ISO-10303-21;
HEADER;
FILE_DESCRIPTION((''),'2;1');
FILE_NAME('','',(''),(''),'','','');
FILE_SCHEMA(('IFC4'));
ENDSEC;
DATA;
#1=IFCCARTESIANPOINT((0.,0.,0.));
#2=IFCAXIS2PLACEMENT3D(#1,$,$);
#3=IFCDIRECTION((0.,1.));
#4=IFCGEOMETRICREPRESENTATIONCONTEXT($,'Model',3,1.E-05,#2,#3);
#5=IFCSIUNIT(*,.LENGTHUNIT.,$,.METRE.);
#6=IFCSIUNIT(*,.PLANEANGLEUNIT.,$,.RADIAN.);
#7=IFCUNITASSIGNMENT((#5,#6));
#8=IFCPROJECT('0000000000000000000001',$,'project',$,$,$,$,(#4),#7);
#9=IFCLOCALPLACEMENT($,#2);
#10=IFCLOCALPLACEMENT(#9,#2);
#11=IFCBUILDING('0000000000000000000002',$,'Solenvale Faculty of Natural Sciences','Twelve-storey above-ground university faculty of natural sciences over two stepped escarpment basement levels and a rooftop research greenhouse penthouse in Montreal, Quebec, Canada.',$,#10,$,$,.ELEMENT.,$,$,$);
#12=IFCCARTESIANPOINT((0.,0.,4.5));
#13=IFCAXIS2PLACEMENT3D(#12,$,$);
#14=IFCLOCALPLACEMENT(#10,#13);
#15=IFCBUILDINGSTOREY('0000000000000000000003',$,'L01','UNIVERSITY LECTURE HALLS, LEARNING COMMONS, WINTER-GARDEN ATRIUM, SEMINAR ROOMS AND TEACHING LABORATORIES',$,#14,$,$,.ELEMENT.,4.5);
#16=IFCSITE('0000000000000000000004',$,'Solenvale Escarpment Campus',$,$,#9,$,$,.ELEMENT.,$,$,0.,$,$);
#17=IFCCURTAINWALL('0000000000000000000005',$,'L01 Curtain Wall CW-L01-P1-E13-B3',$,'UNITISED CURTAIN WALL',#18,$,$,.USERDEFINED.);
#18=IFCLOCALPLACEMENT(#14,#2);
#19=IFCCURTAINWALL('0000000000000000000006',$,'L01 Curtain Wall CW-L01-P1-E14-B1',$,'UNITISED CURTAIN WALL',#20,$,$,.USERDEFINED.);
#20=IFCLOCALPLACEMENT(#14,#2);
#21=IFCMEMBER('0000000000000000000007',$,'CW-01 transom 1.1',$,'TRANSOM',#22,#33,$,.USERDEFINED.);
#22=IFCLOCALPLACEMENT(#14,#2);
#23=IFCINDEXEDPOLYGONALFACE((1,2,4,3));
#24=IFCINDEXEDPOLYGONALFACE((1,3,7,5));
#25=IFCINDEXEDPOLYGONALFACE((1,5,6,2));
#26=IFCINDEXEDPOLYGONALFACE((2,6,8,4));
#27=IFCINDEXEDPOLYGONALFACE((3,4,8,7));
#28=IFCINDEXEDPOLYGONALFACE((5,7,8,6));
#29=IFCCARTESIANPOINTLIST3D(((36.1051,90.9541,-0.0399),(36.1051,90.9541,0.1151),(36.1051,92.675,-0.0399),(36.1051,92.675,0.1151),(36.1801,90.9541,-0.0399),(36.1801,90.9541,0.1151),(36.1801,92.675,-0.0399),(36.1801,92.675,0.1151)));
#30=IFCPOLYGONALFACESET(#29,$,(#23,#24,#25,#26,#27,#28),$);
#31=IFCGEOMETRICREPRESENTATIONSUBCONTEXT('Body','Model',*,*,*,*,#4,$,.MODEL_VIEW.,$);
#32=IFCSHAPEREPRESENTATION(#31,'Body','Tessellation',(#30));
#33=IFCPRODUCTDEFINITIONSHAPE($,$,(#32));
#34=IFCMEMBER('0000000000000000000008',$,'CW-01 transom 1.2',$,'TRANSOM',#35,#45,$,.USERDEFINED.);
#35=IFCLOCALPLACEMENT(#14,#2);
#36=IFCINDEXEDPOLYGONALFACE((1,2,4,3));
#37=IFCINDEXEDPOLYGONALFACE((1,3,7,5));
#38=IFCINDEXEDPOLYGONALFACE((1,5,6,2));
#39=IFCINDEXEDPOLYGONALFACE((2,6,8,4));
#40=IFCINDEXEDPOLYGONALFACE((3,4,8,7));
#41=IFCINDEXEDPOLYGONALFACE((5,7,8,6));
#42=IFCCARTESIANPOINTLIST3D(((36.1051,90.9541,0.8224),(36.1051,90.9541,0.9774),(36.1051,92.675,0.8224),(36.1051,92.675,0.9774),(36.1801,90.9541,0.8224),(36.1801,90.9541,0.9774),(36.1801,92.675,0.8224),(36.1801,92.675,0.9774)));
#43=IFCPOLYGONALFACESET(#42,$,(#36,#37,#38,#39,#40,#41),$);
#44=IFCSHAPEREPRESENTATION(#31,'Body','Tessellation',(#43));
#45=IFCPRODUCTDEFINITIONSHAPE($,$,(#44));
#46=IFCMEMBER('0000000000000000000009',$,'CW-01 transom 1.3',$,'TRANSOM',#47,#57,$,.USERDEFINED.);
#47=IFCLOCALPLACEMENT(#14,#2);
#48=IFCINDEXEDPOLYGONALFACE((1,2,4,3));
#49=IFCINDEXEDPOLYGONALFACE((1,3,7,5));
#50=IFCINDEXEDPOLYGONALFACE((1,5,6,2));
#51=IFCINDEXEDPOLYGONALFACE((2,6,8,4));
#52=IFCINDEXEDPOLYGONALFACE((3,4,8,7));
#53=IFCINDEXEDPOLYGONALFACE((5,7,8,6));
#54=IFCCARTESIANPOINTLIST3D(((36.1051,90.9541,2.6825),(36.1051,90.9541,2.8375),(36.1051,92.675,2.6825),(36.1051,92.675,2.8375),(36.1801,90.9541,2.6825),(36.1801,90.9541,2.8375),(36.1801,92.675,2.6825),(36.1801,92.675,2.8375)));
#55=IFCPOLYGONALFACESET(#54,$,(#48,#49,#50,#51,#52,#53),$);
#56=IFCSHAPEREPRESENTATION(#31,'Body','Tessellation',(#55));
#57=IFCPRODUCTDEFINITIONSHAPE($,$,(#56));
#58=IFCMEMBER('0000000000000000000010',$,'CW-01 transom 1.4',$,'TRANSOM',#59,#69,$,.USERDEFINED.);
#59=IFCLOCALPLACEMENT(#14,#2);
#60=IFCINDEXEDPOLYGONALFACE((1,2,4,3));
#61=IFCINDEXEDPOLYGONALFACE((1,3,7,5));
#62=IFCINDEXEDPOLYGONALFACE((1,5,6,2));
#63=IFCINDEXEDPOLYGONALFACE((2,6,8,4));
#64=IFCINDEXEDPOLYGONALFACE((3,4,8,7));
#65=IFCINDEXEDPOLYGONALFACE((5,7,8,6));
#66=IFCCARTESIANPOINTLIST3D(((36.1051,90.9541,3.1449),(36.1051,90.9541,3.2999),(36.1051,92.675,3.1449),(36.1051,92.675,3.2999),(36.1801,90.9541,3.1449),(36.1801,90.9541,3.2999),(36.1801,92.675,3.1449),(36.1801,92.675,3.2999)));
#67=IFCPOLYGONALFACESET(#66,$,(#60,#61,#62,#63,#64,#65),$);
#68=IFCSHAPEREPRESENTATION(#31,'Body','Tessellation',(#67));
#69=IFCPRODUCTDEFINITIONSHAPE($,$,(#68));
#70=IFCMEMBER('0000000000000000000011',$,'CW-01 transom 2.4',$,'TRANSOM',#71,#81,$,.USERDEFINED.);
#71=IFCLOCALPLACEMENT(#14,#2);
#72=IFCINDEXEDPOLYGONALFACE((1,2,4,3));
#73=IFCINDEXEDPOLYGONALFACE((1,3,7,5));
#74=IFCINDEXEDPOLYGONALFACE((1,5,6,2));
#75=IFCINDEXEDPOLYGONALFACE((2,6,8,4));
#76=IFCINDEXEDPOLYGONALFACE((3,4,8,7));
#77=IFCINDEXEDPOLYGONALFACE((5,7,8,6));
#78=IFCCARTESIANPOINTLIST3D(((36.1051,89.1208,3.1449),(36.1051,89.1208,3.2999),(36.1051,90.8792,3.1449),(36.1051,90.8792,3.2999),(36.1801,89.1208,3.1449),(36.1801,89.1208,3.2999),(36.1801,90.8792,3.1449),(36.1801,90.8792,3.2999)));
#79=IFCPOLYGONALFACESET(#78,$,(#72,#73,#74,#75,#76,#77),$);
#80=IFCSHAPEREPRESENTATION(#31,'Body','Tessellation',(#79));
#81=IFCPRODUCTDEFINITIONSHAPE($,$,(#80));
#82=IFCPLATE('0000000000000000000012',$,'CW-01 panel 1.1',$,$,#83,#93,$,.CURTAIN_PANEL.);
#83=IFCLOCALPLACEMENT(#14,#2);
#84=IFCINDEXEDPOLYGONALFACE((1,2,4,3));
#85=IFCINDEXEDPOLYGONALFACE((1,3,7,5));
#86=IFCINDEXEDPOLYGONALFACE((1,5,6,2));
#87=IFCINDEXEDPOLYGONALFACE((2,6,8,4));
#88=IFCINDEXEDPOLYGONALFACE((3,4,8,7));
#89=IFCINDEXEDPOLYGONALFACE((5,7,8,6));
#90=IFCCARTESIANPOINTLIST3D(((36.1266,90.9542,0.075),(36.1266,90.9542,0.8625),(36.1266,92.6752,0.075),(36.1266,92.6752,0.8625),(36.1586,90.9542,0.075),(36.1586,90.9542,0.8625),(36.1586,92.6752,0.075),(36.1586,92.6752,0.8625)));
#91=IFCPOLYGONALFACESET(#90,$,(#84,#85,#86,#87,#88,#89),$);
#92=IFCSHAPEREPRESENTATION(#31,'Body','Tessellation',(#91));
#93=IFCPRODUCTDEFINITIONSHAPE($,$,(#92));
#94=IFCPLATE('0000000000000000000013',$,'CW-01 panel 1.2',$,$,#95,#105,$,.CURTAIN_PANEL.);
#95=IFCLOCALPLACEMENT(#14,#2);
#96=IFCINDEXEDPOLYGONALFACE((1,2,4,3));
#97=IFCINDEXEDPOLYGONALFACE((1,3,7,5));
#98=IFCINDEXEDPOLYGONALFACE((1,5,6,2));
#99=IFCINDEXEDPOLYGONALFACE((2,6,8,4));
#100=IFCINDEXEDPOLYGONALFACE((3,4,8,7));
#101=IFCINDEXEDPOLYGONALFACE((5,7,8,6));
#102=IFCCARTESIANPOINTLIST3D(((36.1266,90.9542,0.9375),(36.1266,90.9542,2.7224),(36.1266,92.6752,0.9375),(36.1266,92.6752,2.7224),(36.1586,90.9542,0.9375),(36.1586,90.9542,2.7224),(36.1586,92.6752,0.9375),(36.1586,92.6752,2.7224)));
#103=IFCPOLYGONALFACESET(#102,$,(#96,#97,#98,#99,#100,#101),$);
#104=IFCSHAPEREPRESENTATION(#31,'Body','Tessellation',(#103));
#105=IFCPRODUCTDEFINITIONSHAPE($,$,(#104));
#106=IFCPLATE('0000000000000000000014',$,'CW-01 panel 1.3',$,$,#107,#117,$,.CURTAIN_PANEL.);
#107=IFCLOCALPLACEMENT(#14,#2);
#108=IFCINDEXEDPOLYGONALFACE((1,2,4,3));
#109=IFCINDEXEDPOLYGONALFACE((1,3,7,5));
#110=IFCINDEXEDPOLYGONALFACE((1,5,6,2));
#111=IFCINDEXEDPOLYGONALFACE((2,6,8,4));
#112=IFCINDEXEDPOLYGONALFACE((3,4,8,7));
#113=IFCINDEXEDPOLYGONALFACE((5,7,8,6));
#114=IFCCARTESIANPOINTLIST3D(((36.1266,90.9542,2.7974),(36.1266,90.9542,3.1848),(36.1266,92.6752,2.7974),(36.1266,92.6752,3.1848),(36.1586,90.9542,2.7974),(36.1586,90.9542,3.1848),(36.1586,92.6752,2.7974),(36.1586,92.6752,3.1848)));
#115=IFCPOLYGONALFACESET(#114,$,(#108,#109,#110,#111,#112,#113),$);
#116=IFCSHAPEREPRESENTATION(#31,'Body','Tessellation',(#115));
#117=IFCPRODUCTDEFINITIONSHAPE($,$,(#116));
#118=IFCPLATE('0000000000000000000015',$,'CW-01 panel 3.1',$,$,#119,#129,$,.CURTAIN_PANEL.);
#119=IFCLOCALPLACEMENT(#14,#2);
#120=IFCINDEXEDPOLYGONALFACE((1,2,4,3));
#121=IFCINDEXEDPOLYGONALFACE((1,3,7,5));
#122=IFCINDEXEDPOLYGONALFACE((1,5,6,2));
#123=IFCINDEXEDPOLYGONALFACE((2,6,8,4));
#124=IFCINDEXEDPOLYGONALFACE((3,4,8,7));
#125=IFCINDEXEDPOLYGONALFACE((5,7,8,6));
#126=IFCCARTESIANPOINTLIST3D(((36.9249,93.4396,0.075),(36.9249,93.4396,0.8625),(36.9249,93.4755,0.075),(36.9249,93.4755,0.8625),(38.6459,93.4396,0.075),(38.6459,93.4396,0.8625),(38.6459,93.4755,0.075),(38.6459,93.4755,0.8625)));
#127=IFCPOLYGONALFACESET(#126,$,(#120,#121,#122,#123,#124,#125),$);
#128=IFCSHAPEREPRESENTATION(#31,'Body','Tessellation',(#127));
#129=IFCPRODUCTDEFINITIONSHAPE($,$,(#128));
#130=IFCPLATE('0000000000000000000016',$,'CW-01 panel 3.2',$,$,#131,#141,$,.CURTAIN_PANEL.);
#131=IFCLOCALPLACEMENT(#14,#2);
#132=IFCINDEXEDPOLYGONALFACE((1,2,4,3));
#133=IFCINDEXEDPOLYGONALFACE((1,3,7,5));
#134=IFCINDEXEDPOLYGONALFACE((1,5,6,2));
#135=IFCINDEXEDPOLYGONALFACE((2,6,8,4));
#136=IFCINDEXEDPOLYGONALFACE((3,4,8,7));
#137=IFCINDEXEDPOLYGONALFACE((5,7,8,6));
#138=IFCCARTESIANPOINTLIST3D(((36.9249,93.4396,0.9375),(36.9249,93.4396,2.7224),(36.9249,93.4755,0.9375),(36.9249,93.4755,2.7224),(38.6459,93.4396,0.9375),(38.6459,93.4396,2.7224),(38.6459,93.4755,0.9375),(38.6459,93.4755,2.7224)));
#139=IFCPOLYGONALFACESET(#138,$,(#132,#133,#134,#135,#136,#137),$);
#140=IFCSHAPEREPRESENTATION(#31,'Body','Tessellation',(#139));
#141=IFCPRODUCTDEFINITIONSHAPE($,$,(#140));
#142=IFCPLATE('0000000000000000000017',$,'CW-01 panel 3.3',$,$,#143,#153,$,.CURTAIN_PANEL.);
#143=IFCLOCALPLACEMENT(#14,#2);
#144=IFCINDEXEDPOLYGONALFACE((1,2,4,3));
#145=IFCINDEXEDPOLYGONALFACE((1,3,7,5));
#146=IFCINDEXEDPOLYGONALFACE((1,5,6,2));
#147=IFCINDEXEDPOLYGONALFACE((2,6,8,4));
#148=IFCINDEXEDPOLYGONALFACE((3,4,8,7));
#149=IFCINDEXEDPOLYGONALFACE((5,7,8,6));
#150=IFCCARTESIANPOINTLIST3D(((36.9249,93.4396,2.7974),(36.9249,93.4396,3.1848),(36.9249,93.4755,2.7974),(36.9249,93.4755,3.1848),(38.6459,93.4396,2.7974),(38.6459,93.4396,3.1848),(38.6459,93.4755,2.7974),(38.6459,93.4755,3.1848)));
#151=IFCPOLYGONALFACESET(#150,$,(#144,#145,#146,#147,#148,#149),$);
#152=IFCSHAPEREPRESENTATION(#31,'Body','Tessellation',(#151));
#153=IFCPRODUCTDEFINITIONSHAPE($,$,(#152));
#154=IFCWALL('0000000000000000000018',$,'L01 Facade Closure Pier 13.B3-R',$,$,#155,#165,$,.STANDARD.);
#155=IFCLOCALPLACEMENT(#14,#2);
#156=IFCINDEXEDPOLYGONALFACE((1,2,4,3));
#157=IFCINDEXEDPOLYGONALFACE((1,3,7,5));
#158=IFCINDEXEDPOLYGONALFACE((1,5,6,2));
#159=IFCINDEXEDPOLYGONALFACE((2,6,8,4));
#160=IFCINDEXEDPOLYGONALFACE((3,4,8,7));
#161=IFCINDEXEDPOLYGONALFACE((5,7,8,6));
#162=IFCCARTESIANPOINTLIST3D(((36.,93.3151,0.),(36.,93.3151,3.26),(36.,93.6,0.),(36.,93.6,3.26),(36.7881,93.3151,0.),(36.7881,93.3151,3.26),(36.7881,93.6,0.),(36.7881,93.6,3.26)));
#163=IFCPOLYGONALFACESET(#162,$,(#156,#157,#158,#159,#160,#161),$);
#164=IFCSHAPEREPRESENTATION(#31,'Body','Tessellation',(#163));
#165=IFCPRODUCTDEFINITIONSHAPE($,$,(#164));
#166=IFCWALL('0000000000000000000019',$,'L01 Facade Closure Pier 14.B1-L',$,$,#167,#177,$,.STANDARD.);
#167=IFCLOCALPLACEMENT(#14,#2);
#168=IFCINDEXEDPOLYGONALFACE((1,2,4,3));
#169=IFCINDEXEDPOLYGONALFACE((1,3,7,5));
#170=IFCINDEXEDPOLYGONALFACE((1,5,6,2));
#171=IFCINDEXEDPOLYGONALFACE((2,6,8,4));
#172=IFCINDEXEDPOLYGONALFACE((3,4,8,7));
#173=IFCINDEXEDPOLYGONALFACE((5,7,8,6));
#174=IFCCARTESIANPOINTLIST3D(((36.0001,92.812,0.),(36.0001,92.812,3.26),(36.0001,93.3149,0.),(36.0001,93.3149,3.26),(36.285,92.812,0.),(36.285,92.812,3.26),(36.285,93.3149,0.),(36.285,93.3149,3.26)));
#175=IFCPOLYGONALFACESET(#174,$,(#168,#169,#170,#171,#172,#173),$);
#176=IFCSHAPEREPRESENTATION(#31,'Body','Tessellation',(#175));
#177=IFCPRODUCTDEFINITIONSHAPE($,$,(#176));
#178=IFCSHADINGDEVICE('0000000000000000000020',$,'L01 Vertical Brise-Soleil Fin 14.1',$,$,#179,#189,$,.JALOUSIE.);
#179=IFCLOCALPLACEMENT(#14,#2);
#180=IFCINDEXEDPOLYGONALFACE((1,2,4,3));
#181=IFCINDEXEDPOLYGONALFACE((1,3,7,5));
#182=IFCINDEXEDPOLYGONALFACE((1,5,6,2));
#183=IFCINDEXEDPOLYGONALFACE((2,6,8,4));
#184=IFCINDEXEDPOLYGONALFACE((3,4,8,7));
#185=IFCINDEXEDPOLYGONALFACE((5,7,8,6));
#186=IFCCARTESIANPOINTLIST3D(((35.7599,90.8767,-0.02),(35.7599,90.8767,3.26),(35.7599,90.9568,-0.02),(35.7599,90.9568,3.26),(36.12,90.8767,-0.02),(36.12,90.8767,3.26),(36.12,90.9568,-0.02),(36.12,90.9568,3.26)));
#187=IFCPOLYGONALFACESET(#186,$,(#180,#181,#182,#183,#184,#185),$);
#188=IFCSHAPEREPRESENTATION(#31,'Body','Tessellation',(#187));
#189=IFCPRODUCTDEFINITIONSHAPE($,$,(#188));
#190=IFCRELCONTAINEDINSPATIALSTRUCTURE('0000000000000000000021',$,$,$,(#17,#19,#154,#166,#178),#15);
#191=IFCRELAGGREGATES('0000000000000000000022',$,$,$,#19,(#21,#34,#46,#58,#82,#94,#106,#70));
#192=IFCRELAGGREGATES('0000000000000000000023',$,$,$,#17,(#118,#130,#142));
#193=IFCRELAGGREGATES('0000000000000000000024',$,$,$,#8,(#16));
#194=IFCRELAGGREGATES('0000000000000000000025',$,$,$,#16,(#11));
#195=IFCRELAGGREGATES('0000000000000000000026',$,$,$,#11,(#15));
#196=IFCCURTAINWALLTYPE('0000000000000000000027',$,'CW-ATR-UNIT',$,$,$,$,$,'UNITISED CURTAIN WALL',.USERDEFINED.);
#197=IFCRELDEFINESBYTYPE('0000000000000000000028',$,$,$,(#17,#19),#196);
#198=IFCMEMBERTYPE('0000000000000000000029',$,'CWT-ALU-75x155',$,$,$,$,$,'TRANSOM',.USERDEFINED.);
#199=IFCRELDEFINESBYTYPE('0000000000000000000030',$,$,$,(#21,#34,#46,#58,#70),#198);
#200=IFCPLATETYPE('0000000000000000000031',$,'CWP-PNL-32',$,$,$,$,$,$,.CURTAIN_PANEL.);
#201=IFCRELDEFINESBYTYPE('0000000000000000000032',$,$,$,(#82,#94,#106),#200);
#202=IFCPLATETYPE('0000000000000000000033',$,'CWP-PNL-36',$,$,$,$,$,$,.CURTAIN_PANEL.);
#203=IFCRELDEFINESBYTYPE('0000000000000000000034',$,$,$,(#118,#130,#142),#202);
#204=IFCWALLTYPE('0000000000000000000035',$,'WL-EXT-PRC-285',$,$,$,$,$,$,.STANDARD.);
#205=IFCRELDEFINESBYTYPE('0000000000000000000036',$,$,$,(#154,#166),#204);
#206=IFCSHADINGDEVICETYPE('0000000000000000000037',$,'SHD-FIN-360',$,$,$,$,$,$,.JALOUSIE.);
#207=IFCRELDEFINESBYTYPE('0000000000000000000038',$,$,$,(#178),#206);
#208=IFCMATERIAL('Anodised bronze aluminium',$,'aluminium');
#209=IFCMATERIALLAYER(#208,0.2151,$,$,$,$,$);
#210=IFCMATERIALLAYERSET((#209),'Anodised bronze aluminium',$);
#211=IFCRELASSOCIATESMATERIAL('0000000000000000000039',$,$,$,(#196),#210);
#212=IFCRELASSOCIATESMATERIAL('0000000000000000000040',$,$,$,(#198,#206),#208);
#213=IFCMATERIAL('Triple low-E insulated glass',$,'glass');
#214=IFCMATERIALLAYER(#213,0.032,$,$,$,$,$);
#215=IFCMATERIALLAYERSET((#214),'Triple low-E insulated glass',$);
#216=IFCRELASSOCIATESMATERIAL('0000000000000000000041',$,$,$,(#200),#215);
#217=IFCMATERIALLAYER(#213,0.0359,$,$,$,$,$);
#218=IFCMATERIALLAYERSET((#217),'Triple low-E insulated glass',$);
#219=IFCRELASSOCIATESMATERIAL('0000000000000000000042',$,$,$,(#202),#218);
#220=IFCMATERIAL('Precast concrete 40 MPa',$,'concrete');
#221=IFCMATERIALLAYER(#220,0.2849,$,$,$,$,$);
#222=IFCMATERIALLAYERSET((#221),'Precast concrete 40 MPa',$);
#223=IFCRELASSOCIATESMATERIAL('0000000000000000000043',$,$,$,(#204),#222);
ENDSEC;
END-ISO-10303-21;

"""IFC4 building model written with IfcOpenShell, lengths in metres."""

from ifc_helpers import new_model, si_unit, direction, frame, frame_2d, origin, origin_2d, place, context, subcontext, project, spatial, rectangle, extrude, material, layer, layer_set, material_profile, profile_set, type_object, element, aggregate, save


model = new_model("IFC4")

# Units and contexts
model_context = context("Model", 3, precision=1e-05, world=origin(), true_north=direction((0.0, 1.0)))
body_context = subcontext(model_context, "Body", "Model", "MODEL_VIEW")
ifc_project = project(units=[si_unit("LENGTHUNIT", "METRE"), si_unit("PLANEANGLEUNIT", "RADIAN")], contexts=[model_context])

# Site, building, storey
site_placement = place(None, origin())
site = spatial("IfcSite", under=ifc_project, at=site_placement, Name="Solenvale Escarpment Campus", CompositionType="ELEMENT", RefElevation=0.0)
building_placement = place(site_placement, origin())
building = spatial("IfcBuilding", under=site, at=building_placement, Name="Solenvale Faculty of Natural Sciences", Description="Twelve-storey above-ground university faculty of natural sciences over two stepped escarpment basement levels and a rooftop research greenhouse penthouse in Montreal, Quebec, Canada.", CompositionType="ELEMENT")
storey_placement = place(building_placement, frame((0.0, 0.0, 4.5)))
storey = spatial("IfcBuildingStorey", under=building, at=storey_placement, Name="L01", Description="UNIVERSITY LECTURE HALLS, LEARNING COMMONS, WINTER-GARDEN ATRIUM, SEMINAR ROOMS AND TEACHING LABORATORIES", CompositionType="ELEMENT", Elevation=4.5)

# Curtain walls
ifc_material_1 = material(Name="Anodised bronze aluminium", Category="aluminium")
ifc_layer_1 = layer(ifc_material_1, 0.2151)
ifc_layer_set_1 = layer_set([ifc_layer_1], Name="Anodised bronze aluminium")
curtain_wall_type = type_object("IfcCurtainWallType", Name="CW-ATR-UNIT", ElementType="UNITISED CURTAIN WALL", PredefinedType="USERDEFINED", material=ifc_layer_set_1)
curtain_wall_1_placement = place(storey_placement, origin())
curtain_wall_1 = element("IfcCurtainWall", 1, at=curtain_wall_1_placement, inside=storey, type_object=curtain_wall_type, Name="L01 Curtain Wall CW-L01-P1-E13-B3", ObjectType="UNITISED CURTAIN WALL", PredefinedType="USERDEFINED")
curtain_wall_2_placement = place(storey_placement, origin())
curtain_wall_2 = element("IfcCurtainWall", 2, at=curtain_wall_2_placement, inside=storey, type_object=curtain_wall_type, Name="L01 Curtain Wall CW-L01-P1-E14-B1", ObjectType="UNITISED CURTAIN WALL", PredefinedType="USERDEFINED")

# Members
ifc_material_profile_1 = material_profile(ifc_material_1, rectangle(XDim=0.075, YDim=0.155, at=origin_2d()), Name="ALU-TRN-75x155")
ifc_profile_set_1 = profile_set([ifc_material_profile_1], Name="Anodised bronze aluminium")
member_type_1 = type_object("IfcMemberType", Name="CWT-ALU-75x155", ElementType="TRANSOM", PredefinedType="USERDEFINED", material=ifc_profile_set_1)
member_1_placement = place(storey_placement, frame((36.1426, 92.675, 0.0376), z_axis=(0.0, -1.0, 0.0), x_axis=(1.0, 0.0, 0.0)))
member_1 = element("IfcMember", 3, at=member_1_placement, type_object=member_type_1, Name="CW-01 transom 1.1", ObjectType="TRANSOM", PredefinedType="USERDEFINED", context=body_context, shape_type="SweptSolid", body=[
    extrude(rectangle(XDim=0.075, YDim=0.155, at=origin_2d()), origin(), (0.0, 0.0, 1.0), 1.7209),
])
member_2_placement = place(storey_placement, frame((36.1426, 92.675, 0.8999), z_axis=(0.0, -1.0, 0.0), x_axis=(1.0, 0.0, 0.0)))
member_2 = element("IfcMember", 4, at=member_2_placement, type_object=member_type_1, Name="CW-01 transom 1.2", ObjectType="TRANSOM", PredefinedType="USERDEFINED", context=body_context, shape_type="SweptSolid", body=[
    extrude(rectangle(XDim=0.075, YDim=0.155, at=origin_2d()), origin(), (0.0, 0.0, 1.0), 1.7209),
])
member_3_placement = place(storey_placement, frame((36.1426, 92.675, 2.76), z_axis=(0.0, -1.0, 0.0), x_axis=(1.0, 0.0, 0.0)))
member_3 = element("IfcMember", 5, at=member_3_placement, type_object=member_type_1, Name="CW-01 transom 1.3", ObjectType="TRANSOM", PredefinedType="USERDEFINED", context=body_context, shape_type="SweptSolid", body=[
    extrude(rectangle(XDim=0.075, YDim=0.155, at=origin_2d()), origin(), (0.0, 0.0, 1.0), 1.7209),
])
member_4_placement = place(storey_placement, frame((36.1426, 92.675, 3.2224), z_axis=(0.0, -1.0, 0.0), x_axis=(1.0, 0.0, 0.0)))
member_4 = element("IfcMember", 6, at=member_4_placement, type_object=member_type_1, Name="CW-01 transom 1.4", ObjectType="TRANSOM", PredefinedType="USERDEFINED", context=body_context, shape_type="SweptSolid", body=[
    extrude(rectangle(XDim=0.075, YDim=0.155, at=origin_2d()), origin(), (0.0, 0.0, 1.0), 1.7209),
])
member_5_placement = place(storey_placement, frame((36.1426, 90.8792, 3.2224), z_axis=(0.0, -1.0, 0.0), x_axis=(1.0, 0.0, 0.0)))
member_5 = element("IfcMember", 7, at=member_5_placement, type_object=member_type_1, Name="CW-01 transom 2.4", ObjectType="TRANSOM", PredefinedType="USERDEFINED", context=body_context, shape_type="SweptSolid", body=[
    extrude(rectangle(XDim=0.075, YDim=0.155, at=origin_2d()), origin(), (0.0, 0.0, 1.0), 1.7583),
])

# Plates
ifc_material_2 = material(Name="Triple low-E insulated glass", Category="glass")
ifc_layer_2 = layer(ifc_material_2, 0.032)
ifc_layer_set_2 = layer_set([ifc_layer_2], Name="Triple low-E insulated glass")
plate_type_1 = type_object("IfcPlateType", Name="CWP-PNL-32", PredefinedType="CURTAIN_PANEL", material=ifc_layer_set_2)
plate_1_placement = place(storey_placement, frame((36.1426, 91.8147, 0.075), z_axis=(0.0, 0.0, 1.0), x_axis=(0.0, -1.0, 0.0)))
plate_1 = element("IfcPlate", 8, at=plate_1_placement, type_object=plate_type_1, Name="CW-01 panel 1.1", PredefinedType="CURTAIN_PANEL", context=body_context, shape_type="SweptSolid", body=[
    extrude(rectangle(XDim=1.7209, YDim=0.032, at=origin_2d()), origin(), (0.0, 0.0, 1.0), 0.7876),
])
plate_2_placement = place(storey_placement, frame((36.1426, 91.8147, 0.9375), z_axis=(0.0, 0.0, 1.0), x_axis=(0.0, -1.0, 0.0)))
plate_2 = element("IfcPlate", 9, at=plate_2_placement, type_object=plate_type_1, Name="CW-01 panel 1.2", PredefinedType="CURTAIN_PANEL", context=body_context, shape_type="SweptSolid", body=[
    extrude(rectangle(XDim=1.7209, YDim=0.032, at=origin_2d()), origin(), (0.0, 0.0, 1.0), 1.7849),
])
plate_3_placement = place(storey_placement, frame((36.1426, 91.8147, 2.7974), z_axis=(0.0, 0.0, 1.0), x_axis=(0.0, -1.0, 0.0)))
plate_3 = element("IfcPlate", 10, at=plate_3_placement, type_object=plate_type_1, Name="CW-01 panel 1.3", PredefinedType="CURTAIN_PANEL", context=body_context, shape_type="SweptSolid", body=[
    extrude(rectangle(XDim=1.7209, YDim=0.032, at=origin_2d()), origin(), (0.0, 0.0, 1.0), 0.3875),
])
aggregate(curtain_wall_2, [member_1, member_2, member_3, member_4, plate_1, plate_2, plate_3, member_5])
ifc_layer_3 = layer(ifc_material_2, 0.0359)
ifc_layer_set_3 = layer_set([ifc_layer_3], Name="Triple low-E insulated glass")
plate_type_2 = type_object("IfcPlateType", Name="CWP-PNL-36", PredefinedType="CURTAIN_PANEL", material=ifc_layer_set_3)
plate_4_placement = place(storey_placement, frame((37.7854, 93.4575, 0.075), z_axis=(0.0, 0.0, 1.0), x_axis=(-1.0, 0.0, 0.0)))
plate_4 = element("IfcPlate", 11, at=plate_4_placement, type_object=plate_type_2, Name="CW-01 panel 3.1", PredefinedType="CURTAIN_PANEL", context=body_context, shape_type="SweptSolid", body=[
    extrude(rectangle(XDim=1.7209, YDim=0.0359, at=origin_2d()), origin(), (0.0, 0.0, 1.0), 0.7876),
])
plate_5_placement = place(storey_placement, frame((37.7854, 93.4575, 0.9375), z_axis=(0.0, 0.0, 1.0), x_axis=(-1.0, 0.0, 0.0)))
plate_5 = element("IfcPlate", 12, at=plate_5_placement, type_object=plate_type_2, Name="CW-01 panel 3.2", PredefinedType="CURTAIN_PANEL", context=body_context, shape_type="SweptSolid", body=[
    extrude(rectangle(XDim=1.7209, YDim=0.0359, at=origin_2d()), origin(), (0.0, 0.0, 1.0), 1.7849),
])
plate_6_placement = place(storey_placement, frame((37.7854, 93.4575, 2.7974), z_axis=(0.0, 0.0, 1.0), x_axis=(-1.0, 0.0, 0.0)))
plate_6 = element("IfcPlate", 13, at=plate_6_placement, type_object=plate_type_2, Name="CW-01 panel 3.3", PredefinedType="CURTAIN_PANEL", context=body_context, shape_type="SweptSolid", body=[
    extrude(rectangle(XDim=1.7209, YDim=0.0359, at=origin_2d()), origin(), (0.0, 0.0, 1.0), 0.3875),
])
aggregate(curtain_wall_1, [plate_4, plate_5, plate_6])

# Walls
ifc_material_3 = material(Name="Precast concrete 40 MPa", Category="concrete")
ifc_layer_4 = layer(ifc_material_3, 0.2849)
ifc_layer_set_4 = layer_set([ifc_layer_4], Name="Precast concrete 40 MPa")
wall_type = type_object("IfcWallType", Name="WL-EXT-PRC-285", PredefinedType="STANDARD", material=ifc_layer_set_4)
wall_1_placement = place(storey_placement, frame((36.7881, 93.4575, 0.0), z_axis=(0.0, 0.0, 1.0), x_axis=(-1.0, 0.0, 0.0)))
element("IfcWall", 14, at=wall_1_placement, inside=storey, type_object=wall_type, Name="L01 Facade Closure Pier 13.B3-R", PredefinedType="STANDARD", context=body_context, shape_type="SweptSolid", body=[
    extrude(rectangle(XDim=0.7881, YDim=0.2849, at=frame_2d((0.394, 0.0))), origin(), (0.0, 0.0, 1.0), 3.26),
])
wall_2_placement = place(storey_placement, frame((36.1426, 93.3149, 0.0), z_axis=(0.0, 0.0, 1.0), x_axis=(0.0, -1.0, 0.0)))
element("IfcWall", 15, at=wall_2_placement, inside=storey, type_object=wall_type, Name="L01 Facade Closure Pier 14.B1-L", PredefinedType="STANDARD", context=body_context, shape_type="SweptSolid", body=[
    extrude(rectangle(XDim=0.5029, YDim=0.2849, at=frame_2d((0.2515, 0.0))), origin(), (0.0, 0.0, 1.0), 3.26),
])

# Shading device
ifc_material_profile_2 = material_profile(ifc_material_1, rectangle(XDim=0.0801, YDim=0.3601, at=origin_2d()), Name="ALU-FIN-80x360")
ifc_profile_set_2 = profile_set([ifc_material_profile_2], Name="Anodised bronze aluminium")
shading_device_type = type_object("IfcShadingDeviceType", Name="SHD-FIN-360", PredefinedType="JALOUSIE", material=ifc_profile_set_2)
shading_device_placement = place(storey_placement, frame((35.9399, 90.9167, -0.02), z_axis=(0.0, 0.0, 1.0), x_axis=(0.0, 1.0, 0.0)))
element("IfcShadingDevice", 16, at=shading_device_placement, inside=storey, type_object=shading_device_type, Name="L01 Vertical Brise-Soleil Fin 14.1", PredefinedType="JALOUSIE", context=body_context, shape_type="SweptSolid", body=[
    extrude(rectangle(XDim=0.0801, YDim=0.3601, at=origin_2d()), origin(), (0.0, 0.0, 1.0), 3.28),
])

save(model, "model.ifc")
